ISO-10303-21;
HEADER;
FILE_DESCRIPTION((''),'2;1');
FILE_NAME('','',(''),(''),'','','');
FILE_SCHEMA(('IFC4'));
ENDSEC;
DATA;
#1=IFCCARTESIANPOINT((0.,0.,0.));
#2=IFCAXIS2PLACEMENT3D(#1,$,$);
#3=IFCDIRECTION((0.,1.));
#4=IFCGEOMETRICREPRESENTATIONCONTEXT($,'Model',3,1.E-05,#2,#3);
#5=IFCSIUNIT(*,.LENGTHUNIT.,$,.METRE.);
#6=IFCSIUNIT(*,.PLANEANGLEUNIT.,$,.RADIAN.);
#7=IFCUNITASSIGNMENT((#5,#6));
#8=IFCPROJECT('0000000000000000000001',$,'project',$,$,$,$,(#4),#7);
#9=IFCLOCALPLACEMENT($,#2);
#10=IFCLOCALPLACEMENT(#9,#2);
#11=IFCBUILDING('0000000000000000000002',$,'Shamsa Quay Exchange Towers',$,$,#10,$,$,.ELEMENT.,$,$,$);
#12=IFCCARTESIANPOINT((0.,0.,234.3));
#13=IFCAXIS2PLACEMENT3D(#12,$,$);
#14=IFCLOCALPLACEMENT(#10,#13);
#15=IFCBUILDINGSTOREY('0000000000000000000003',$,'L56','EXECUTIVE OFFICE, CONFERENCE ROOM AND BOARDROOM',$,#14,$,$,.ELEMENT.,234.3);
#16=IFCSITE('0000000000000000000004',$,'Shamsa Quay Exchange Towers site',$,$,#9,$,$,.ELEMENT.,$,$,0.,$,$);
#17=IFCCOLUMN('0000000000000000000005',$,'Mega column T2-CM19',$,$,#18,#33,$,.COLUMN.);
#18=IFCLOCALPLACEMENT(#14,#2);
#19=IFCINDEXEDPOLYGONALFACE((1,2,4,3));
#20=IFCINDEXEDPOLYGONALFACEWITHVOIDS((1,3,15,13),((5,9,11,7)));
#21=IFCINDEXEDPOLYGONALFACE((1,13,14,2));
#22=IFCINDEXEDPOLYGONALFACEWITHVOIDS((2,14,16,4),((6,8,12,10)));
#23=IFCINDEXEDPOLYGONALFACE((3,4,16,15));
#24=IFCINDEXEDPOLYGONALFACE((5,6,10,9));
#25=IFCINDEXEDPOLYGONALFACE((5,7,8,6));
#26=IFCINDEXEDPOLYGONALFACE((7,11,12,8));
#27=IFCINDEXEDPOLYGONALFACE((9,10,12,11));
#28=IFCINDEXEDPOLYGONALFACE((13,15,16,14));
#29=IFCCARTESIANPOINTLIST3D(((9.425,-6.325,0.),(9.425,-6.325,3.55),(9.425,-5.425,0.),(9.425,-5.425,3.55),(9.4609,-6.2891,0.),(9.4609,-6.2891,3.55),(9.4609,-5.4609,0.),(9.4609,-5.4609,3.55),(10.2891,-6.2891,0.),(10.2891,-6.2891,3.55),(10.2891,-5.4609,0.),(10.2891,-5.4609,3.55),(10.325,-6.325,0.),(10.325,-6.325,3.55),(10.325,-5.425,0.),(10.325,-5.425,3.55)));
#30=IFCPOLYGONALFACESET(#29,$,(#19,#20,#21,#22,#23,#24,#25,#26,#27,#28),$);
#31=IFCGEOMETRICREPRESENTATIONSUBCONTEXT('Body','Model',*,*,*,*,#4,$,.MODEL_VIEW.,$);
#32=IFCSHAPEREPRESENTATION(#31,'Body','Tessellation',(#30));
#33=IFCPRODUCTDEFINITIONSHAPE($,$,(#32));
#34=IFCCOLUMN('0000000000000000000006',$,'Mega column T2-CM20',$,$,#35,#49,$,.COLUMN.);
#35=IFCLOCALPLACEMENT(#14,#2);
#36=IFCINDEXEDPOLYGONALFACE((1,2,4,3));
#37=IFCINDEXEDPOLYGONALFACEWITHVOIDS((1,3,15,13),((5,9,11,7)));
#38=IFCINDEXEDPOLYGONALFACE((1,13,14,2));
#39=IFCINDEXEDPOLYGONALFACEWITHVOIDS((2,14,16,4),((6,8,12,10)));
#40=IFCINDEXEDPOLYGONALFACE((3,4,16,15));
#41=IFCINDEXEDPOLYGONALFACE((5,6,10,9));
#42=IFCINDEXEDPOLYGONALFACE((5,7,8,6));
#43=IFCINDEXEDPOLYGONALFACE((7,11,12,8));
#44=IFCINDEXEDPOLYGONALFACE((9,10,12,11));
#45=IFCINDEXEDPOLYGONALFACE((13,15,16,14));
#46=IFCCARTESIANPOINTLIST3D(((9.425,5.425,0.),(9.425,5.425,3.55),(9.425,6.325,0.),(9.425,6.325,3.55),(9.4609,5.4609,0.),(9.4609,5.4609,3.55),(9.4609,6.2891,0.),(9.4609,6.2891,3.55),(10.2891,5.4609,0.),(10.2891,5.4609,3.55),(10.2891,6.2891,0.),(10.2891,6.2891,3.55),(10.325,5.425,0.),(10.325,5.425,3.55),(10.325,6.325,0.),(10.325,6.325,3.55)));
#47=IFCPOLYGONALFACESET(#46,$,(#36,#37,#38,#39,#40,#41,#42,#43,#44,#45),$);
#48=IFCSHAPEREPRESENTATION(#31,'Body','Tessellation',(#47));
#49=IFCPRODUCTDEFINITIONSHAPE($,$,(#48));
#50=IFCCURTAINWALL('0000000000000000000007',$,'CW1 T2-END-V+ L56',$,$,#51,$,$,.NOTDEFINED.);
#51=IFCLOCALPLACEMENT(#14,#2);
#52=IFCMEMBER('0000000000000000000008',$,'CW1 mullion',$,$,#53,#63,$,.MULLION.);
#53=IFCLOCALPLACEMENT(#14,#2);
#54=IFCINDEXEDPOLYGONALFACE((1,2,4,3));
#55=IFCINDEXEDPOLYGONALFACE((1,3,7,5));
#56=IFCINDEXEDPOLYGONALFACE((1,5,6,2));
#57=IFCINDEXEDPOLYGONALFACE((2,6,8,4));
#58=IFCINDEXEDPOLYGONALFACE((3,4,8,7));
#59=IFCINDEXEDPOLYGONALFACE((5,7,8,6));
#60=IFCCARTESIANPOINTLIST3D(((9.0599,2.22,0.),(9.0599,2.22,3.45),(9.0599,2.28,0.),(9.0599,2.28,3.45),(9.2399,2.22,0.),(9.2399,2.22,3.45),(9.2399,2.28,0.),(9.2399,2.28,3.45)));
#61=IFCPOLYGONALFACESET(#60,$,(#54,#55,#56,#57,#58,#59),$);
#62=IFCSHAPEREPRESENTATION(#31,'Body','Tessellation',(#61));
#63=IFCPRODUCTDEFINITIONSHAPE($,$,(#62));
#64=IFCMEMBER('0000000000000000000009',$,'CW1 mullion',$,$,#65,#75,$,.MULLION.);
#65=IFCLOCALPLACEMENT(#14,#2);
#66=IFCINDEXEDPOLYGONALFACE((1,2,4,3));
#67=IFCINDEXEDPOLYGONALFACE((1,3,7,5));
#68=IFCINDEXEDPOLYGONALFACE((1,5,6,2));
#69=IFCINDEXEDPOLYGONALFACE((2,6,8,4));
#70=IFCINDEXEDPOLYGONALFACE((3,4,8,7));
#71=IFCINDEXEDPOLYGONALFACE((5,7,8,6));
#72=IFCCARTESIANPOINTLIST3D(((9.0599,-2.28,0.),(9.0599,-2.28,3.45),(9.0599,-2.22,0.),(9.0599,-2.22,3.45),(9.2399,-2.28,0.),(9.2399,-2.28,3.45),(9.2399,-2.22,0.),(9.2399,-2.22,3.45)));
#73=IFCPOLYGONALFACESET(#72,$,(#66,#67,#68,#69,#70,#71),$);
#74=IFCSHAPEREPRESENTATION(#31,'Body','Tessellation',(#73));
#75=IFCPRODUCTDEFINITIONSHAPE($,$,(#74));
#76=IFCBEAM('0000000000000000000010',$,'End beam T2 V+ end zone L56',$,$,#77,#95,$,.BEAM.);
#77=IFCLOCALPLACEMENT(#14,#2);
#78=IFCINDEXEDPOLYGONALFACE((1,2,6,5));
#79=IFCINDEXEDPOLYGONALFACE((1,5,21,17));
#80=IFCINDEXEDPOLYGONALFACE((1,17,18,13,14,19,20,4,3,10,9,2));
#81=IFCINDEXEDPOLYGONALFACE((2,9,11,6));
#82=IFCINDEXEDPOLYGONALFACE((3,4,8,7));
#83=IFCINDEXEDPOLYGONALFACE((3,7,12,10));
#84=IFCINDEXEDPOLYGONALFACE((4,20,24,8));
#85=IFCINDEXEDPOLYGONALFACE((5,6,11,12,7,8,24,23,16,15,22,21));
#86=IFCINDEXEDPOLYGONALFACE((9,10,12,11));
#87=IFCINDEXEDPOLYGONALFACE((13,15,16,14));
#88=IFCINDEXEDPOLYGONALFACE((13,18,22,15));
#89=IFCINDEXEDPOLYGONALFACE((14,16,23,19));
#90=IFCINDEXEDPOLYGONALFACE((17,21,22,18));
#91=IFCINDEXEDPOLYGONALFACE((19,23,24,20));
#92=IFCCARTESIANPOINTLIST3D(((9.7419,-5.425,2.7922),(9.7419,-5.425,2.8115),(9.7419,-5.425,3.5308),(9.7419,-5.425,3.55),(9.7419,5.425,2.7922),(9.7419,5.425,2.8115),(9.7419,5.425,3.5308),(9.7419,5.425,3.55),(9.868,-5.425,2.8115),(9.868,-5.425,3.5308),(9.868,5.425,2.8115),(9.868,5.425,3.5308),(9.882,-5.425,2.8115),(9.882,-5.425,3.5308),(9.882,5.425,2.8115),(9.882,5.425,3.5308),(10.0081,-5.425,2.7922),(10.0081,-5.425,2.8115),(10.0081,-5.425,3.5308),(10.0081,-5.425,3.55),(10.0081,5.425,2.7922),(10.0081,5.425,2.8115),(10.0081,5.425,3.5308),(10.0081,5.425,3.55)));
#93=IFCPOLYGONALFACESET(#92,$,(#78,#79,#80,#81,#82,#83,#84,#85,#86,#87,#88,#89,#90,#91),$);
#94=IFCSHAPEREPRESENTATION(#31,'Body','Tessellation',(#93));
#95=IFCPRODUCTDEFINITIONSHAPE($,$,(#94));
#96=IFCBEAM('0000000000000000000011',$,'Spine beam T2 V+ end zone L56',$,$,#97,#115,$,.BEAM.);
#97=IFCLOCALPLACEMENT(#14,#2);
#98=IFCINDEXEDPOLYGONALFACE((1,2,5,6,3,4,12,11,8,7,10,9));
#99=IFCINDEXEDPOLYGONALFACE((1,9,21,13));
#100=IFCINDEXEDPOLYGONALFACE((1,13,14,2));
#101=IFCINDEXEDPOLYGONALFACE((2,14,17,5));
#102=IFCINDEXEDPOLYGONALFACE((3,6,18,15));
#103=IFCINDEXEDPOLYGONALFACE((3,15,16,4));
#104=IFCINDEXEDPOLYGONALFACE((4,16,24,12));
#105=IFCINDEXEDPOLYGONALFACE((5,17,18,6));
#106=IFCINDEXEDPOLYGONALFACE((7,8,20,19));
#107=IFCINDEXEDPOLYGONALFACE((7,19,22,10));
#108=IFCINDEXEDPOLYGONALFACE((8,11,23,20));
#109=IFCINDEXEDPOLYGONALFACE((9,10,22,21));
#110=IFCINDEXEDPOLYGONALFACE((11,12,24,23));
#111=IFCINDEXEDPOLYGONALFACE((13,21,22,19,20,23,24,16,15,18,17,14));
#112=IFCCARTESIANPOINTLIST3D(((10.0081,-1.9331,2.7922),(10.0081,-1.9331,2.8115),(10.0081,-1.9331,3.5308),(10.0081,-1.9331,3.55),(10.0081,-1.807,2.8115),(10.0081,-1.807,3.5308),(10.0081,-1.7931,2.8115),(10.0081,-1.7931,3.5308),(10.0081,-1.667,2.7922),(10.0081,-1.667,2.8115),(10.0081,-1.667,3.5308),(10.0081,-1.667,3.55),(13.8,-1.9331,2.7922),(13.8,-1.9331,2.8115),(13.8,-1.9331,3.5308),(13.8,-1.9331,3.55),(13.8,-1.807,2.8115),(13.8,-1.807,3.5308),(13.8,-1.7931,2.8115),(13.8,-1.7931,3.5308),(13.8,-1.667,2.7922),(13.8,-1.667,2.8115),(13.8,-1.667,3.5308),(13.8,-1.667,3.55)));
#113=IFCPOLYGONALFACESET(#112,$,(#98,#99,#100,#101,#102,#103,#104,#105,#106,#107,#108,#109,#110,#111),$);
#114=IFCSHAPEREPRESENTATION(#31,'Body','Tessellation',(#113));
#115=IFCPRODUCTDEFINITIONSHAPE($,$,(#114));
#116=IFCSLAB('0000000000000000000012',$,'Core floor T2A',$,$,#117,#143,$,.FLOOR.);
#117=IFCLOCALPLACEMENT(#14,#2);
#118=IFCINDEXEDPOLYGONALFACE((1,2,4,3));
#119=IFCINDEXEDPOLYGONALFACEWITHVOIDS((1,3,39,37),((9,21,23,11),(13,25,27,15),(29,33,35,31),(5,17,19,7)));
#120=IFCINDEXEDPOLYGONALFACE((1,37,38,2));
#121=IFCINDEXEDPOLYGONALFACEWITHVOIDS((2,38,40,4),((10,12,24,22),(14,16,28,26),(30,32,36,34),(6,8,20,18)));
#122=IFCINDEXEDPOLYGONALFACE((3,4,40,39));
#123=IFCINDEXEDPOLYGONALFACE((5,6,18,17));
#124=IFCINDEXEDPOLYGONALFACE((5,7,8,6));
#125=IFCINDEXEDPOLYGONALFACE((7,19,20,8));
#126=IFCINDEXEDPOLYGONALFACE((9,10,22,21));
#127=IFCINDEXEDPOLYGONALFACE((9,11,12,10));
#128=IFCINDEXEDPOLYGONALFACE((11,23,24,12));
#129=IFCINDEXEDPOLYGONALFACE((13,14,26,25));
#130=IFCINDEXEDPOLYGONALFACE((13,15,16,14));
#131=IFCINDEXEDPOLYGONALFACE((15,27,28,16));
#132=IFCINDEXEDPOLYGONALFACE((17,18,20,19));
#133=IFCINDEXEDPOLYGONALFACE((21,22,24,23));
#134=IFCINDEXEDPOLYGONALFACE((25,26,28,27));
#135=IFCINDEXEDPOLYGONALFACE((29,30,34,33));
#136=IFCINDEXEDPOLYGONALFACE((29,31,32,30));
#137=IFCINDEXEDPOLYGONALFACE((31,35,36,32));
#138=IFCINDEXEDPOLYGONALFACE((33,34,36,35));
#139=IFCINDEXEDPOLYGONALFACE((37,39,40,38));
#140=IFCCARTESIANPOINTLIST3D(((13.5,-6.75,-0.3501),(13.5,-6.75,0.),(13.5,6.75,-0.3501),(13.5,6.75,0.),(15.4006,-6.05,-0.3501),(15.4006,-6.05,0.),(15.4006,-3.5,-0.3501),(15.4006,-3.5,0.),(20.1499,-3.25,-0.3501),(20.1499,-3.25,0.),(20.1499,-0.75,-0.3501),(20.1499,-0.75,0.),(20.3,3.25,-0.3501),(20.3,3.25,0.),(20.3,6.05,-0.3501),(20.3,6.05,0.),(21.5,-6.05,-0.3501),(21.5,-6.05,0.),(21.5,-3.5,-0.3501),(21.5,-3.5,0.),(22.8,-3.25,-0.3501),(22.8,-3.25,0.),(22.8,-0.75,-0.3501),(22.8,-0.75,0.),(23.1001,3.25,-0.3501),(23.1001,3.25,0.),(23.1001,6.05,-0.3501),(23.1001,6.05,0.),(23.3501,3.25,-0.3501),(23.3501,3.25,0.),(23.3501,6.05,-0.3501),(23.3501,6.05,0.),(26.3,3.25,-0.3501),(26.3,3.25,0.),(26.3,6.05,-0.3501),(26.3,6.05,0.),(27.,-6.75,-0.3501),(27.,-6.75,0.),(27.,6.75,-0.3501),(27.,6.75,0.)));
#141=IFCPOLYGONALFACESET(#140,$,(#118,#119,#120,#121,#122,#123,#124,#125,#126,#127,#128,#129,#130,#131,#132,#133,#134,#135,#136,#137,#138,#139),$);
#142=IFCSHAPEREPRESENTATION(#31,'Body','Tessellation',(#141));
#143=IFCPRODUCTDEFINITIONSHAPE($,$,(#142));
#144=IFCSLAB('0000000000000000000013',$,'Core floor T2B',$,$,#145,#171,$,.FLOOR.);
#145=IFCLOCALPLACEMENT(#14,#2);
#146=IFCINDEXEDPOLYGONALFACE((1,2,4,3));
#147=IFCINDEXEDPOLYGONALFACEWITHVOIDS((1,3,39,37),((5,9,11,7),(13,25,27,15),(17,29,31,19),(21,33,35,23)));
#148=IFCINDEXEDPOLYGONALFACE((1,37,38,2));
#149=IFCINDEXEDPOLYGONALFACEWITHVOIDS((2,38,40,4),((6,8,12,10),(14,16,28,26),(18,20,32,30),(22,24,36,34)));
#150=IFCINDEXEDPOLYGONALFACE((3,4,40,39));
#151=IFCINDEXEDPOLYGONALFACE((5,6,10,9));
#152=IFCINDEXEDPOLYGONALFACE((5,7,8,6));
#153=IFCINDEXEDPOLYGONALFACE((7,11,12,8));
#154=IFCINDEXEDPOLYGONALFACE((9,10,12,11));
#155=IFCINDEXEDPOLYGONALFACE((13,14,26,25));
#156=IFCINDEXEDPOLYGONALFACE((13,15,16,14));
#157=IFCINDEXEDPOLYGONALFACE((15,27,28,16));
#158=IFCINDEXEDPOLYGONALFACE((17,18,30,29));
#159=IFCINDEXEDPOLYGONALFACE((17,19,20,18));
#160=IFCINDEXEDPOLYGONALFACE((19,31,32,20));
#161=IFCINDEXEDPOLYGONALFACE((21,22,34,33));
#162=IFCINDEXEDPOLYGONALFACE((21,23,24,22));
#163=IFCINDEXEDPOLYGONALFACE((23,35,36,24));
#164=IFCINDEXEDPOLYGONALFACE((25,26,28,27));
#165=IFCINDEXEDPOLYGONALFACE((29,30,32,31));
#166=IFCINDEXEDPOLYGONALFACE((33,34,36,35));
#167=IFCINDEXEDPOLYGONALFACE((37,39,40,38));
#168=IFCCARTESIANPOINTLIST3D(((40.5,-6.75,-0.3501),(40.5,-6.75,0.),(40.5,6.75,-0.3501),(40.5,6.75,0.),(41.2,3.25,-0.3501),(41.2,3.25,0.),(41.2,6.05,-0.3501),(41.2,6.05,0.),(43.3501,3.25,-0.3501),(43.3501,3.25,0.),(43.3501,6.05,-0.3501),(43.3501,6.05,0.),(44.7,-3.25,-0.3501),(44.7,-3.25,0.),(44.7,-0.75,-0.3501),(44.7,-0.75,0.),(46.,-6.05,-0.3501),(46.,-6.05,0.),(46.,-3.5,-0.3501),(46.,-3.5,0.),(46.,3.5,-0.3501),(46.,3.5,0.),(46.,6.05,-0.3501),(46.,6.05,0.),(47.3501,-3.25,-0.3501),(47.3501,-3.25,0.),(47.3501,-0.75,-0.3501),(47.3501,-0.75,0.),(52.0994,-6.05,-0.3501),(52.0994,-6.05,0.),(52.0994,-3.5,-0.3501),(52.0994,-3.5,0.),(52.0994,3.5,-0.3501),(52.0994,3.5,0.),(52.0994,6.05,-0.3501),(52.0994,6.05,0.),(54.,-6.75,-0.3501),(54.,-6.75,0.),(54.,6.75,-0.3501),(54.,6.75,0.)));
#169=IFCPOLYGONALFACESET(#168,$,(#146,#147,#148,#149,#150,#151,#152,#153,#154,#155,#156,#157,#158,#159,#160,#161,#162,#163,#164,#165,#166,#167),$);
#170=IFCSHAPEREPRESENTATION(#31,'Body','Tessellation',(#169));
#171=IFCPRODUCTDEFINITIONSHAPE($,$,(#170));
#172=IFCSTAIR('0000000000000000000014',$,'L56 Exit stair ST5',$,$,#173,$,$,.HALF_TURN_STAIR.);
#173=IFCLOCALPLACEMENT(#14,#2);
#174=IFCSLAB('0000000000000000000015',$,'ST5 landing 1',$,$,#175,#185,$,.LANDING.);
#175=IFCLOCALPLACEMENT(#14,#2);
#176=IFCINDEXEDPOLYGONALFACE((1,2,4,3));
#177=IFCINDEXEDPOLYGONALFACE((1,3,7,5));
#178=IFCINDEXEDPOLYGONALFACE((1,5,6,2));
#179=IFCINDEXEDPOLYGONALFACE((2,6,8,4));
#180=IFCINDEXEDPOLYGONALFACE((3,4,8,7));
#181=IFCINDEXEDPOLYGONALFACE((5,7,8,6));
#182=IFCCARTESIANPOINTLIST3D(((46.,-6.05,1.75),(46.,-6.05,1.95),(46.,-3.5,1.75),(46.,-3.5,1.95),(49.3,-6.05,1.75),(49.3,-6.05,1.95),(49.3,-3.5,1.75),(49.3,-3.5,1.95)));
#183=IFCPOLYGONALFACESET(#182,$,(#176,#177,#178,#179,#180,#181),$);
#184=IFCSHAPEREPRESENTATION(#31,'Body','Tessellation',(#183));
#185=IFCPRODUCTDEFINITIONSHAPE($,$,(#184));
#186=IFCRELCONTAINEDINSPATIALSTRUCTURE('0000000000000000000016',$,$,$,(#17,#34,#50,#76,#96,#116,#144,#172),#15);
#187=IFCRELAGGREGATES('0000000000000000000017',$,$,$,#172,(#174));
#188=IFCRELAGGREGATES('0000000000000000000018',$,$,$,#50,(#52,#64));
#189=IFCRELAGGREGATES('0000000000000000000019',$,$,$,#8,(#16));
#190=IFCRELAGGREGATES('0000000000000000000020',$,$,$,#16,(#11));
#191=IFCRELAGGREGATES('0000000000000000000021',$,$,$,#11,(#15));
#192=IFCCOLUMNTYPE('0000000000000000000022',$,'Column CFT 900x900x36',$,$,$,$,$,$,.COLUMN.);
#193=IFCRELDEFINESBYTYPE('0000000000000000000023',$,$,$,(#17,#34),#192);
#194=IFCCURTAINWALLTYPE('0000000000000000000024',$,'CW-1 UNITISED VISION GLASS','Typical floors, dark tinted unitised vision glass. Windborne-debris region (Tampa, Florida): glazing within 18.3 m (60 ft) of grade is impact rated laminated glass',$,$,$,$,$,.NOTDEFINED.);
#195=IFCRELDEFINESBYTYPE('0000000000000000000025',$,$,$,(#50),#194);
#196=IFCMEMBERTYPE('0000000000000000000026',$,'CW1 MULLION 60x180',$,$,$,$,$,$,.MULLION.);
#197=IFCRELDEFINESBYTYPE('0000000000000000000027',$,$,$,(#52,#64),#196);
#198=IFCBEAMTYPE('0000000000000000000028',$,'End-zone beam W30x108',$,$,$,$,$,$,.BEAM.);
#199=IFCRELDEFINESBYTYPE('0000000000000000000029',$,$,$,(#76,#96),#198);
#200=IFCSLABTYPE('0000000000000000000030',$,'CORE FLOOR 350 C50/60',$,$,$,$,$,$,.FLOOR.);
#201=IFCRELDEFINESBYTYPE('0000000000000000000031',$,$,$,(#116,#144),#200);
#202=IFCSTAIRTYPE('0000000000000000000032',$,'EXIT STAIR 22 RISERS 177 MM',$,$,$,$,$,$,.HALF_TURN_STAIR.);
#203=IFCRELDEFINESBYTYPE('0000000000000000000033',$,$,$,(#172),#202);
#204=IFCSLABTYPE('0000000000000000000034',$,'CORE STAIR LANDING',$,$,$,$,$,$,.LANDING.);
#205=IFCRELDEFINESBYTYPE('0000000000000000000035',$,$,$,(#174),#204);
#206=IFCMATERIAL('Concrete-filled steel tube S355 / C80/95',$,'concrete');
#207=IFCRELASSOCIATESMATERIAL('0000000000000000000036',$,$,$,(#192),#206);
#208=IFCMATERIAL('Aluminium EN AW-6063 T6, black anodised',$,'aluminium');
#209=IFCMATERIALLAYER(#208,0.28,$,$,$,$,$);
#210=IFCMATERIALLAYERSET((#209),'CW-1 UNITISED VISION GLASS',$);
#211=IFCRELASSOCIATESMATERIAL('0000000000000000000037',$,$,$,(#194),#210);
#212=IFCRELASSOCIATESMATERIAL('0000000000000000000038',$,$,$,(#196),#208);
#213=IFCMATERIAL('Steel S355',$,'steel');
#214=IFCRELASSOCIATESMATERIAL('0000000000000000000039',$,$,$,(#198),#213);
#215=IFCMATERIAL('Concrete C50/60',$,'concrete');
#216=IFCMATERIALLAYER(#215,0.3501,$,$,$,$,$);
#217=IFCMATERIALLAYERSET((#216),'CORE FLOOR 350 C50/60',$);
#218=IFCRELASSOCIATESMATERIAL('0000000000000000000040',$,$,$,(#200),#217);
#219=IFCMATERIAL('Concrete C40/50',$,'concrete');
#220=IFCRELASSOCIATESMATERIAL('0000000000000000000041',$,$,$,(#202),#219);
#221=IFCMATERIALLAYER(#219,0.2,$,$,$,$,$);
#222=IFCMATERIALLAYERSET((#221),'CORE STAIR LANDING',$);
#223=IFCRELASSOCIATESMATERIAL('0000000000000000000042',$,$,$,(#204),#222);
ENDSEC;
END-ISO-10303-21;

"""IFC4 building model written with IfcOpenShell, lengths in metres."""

from ifc_helpers import new_model, si_unit, direction, frame, origin, origin_2d, place, context, subcontext, project, spatial, polyline, rectangle, hollow_rectangle, i_section, outline, extrude, material, layer, layer_set, material_profile, profile_set, type_object, element, aggregate, save


model = new_model("IFC4")

# Units and contexts
model_context = context("Model", 3, precision=1e-05, world=origin(), true_north=direction((0.0, 1.0)))
body_context = subcontext(model_context, "Body", "Model", "MODEL_VIEW")
ifc_project = project(units=[si_unit("LENGTHUNIT", "METRE"), si_unit("PLANEANGLEUNIT", "RADIAN")], contexts=[model_context])

# Site, building, storey
site_placement = place(None, origin())
site = spatial("IfcSite", under=ifc_project, at=site_placement, Name="Shamsa Quay Exchange Towers site", CompositionType="ELEMENT", RefElevation=0.0)
building_placement = place(site_placement, origin())
building = spatial("IfcBuilding", under=site, at=building_placement, Name="Shamsa Quay Exchange Towers", CompositionType="ELEMENT")
storey_placement = place(building_placement, frame((0.0, 0.0, 234.3)))
storey = spatial("IfcBuildingStorey", under=building, at=storey_placement, Name="L56", Description="EXECUTIVE OFFICE, CONFERENCE ROOM AND BOARDROOM", CompositionType="ELEMENT", Elevation=234.3)

# Columns
ifc_material_1 = material(Name="Concrete-filled steel tube S355 / C80/95", Category="concrete")
ifc_material_profile_1 = material_profile(ifc_material_1, hollow_rectangle(XDim=0.8999, YDim=0.8999, WallThickness=0.0359, at=origin_2d()), Name="CFT 900x900x36")
ifc_profile_set_1 = profile_set([ifc_material_profile_1], Name="Concrete-filled steel tube S355 / C80/95")
column_type = type_object("IfcColumnType", Name="Column CFT 900x900x36", PredefinedType="COLUMN", material=ifc_profile_set_1)
for number, where, name in (
    (1, (9.875, -5.875, 0.0), "Mega column T2-CM19"),
    (2, (9.875, 5.875, 0.0), "Mega column T2-CM20"),
):
    element("IfcColumn", number, at=place(storey_placement, frame(where)), inside=storey, type_object=column_type, Name=name, PredefinedType="COLUMN", context=body_context, shape_type="SweptSolid", body=[
        extrude(hollow_rectangle(XDim=0.8999, YDim=0.8999, WallThickness=0.0359, at=origin_2d()), origin(), (0.0, 0.0, 1.0), 3.55),
    ])

# Curtain wall, members
ifc_material_2 = material(Name="Aluminium EN AW-6063 T6, black anodised", Category="aluminium")
ifc_layer_1 = layer(ifc_material_2, 0.28)
ifc_layer_set_1 = layer_set([ifc_layer_1], Name="CW-1 UNITISED VISION GLASS")
curtain_wall_type_1 = type_object("IfcCurtainWallType", Name="CW-1 UNITISED VISION GLASS", Description="Typical floors, dark tinted unitised vision glass. Windborne-debris region (Tampa, Florida): glazing within 18.3 m (60 ft) of grade is impact rated laminated glass", PredefinedType="NOTDEFINED", material=ifc_layer_set_1)
curtain_wall_1_placement = place(storey_placement, origin())
curtain_wall_1 = element("IfcCurtainWall", 3, at=curtain_wall_1_placement, inside=storey, type_object=curtain_wall_type_1, Name="CW1 T2-END-V+ L56", PredefinedType="NOTDEFINED")
ifc_material_profile_2 = material_profile(ifc_material_2, rectangle(XDim=0.1799, YDim=0.0601, at=origin_2d()), Name="MU60x180")
ifc_profile_set_2 = profile_set([ifc_material_profile_2], Name="Aluminium EN AW-6063 T6, black anodised")
member_type = type_object("IfcMemberType", Name="CW1 MULLION 60x180", PredefinedType="MULLION", material=ifc_profile_set_2)
member_1_placement = place(storey_placement, frame((9.1499, 2.25, 0.0)))
member_1 = element("IfcMember", 4, at=member_1_placement, type_object=member_type, Name="CW1 mullion", PredefinedType="MULLION", context=body_context, shape_type="SweptSolid", body=[
    extrude(rectangle(XDim=0.1799, YDim=0.0601, at=origin_2d()), origin(), (0.0, 0.0, 1.0), 3.45),
])
member_2_placement = place(storey_placement, frame((9.1499, -2.25, 0.0)))
member_2 = element("IfcMember", 5, at=member_2_placement, type_object=member_type, Name="CW1 mullion", PredefinedType="MULLION", context=body_context, shape_type="SweptSolid", body=[
    extrude(rectangle(XDim=0.1799, YDim=0.0601, at=origin_2d()), origin(), (0.0, 0.0, 1.0), 3.45),
])

# Beams
ifc_material_3 = material(Name="Steel S355", Category="steel")
ifc_material_profile_3 = material_profile(ifc_material_3, i_section(OverallWidth=0.2661, OverallDepth=0.7578, WebThickness=0.0139, FlangeThickness=0.0193, at=origin_2d()), Name="W30x108")
ifc_profile_set_3 = profile_set([ifc_material_profile_3], Name="Steel S355")
beam_type = type_object("IfcBeamType", Name="End-zone beam W30x108", PredefinedType="BEAM", material=ifc_profile_set_3)
beam_1_placement = place(storey_placement, frame((9.875, -5.425, 3.1711), z_axis=(0.0, 1.0, 0.0), x_axis=(-1.0, 0.0, 0.0)))
element("IfcBeam", 6, at=beam_1_placement, inside=storey, type_object=beam_type, Name="End beam T2 V+ end zone L56", PredefinedType="BEAM", context=body_context, shape_type="SweptSolid", body=[
    extrude(i_section(OverallWidth=0.2661, OverallDepth=0.7578, WebThickness=0.0139, FlangeThickness=0.0193, at=origin_2d()), origin(), (0.0, 0.0, 1.0), 10.8501),
])
beam_2_placement = place(storey_placement, frame((13.8, -1.8, 3.1711), z_axis=(-1.0, 0.0, 0.0), x_axis=(0.0, -1.0, 0.0)))
element("IfcBeam", 7, at=beam_2_placement, inside=storey, type_object=beam_type, Name="Spine beam T2 V+ end zone L56", PredefinedType="BEAM", context=body_context, shape_type="SweptSolid", body=[
    extrude(i_section(OverallWidth=0.2661, OverallDepth=0.7578, WebThickness=0.0139, FlangeThickness=0.0193, at=origin_2d()), origin(), (0.0, 0.0, 1.0), 3.792),
])

# Slabs
ifc_material_4 = material(Name="Concrete C50/60", Category="concrete")
ifc_layer_2 = layer(ifc_material_4, 0.3501)
ifc_layer_set_2 = layer_set([ifc_layer_2], Name="CORE FLOOR 350 C50/60")
slab_type_1 = type_object("IfcSlabType", Name="CORE FLOOR 350 C50/60", PredefinedType="FLOOR", material=ifc_layer_set_2)
slab_1_placement = place(storey_placement, frame((0.0, 0.0, -0.3501)))
element("IfcSlab", 8, at=slab_1_placement, inside=storey, type_object=slab_type_1, Name="Core floor T2A", PredefinedType="FLOOR", context=body_context, shape_type="SweptSolid", body=[
    extrude(outline(polyline([(13.5, -6.75), (27.0, -6.75), (27.0, 6.75), (13.5, 6.75), (13.5, -6.75)]), holes=[polyline([(15.4006, -6.05), (15.4006, -3.5), (21.5, -3.5), (21.5, -6.05), (15.4006, -6.05)]), polyline([(20.3, 3.25), (20.3, 6.05), (23.1001, 6.05), (23.1001, 3.25), (20.3, 3.25)]), polyline([(23.3501, 3.25), (23.3501, 6.05), (26.3, 6.05), (26.3, 3.25), (23.3501, 3.25)]), polyline([(20.1499, -3.25), (20.1499, -0.75), (22.8, -0.75), (22.8, -3.25), (20.1499, -3.25)])]), origin(), (0.0, 0.0, 1.0), 0.3501),
])
slab_2_placement = place(storey_placement, frame((0.0, 0.0, -0.3501)))
element("IfcSlab", 9, at=slab_2_placement, inside=storey, type_object=slab_type_1, Name="Core floor T2B", PredefinedType="FLOOR", context=body_context, shape_type="SweptSolid", body=[
    extrude(outline(polyline([(54.0, -6.75), (54.0, 6.75), (40.5, 6.75), (40.5, -6.75), (54.0, -6.75)]), holes=[polyline([(52.0994, -3.5), (52.0994, -6.05), (46.0, -6.05), (46.0, -3.5), (52.0994, -3.5)]), polyline([(52.0994, 6.05), (52.0994, 3.5), (46.0, 3.5), (46.0, 6.05), (52.0994, 6.05)]), polyline([(43.3501, 3.25), (41.2, 3.25), (41.2, 6.05), (43.3501, 6.05), (43.3501, 3.25)]), polyline([(47.3501, -3.25), (44.7, -3.25), (44.7, -0.75), (47.3501, -0.75), (47.3501, -3.25)])]), origin(), (0.0, 0.0, 1.0), 0.3501),
])

# Stair, slab
ifc_material_5 = material(Name="Concrete C40/50", Category="concrete")
stair_type = type_object("IfcStairType", Name="EXIT STAIR 22 RISERS 177 MM", PredefinedType="HALF_TURN_STAIR", material=ifc_material_5)
stair_1_placement = place(storey_placement, origin())
stair_1 = element("IfcStair", 10, at=stair_1_placement, inside=storey, type_object=stair_type, Name="L56 Exit stair ST5", PredefinedType="HALF_TURN_STAIR")
ifc_layer_3 = layer(ifc_material_5, 0.2)
ifc_layer_set_3 = layer_set([ifc_layer_3], Name="CORE STAIR LANDING")
slab_type_2 = type_object("IfcSlabType", Name="CORE STAIR LANDING", PredefinedType="LANDING", material=ifc_layer_set_3)
slab_3_placement = place(storey_placement, frame((0.0, 0.0, 1.75)))
slab_3 = element("IfcSlab", 11, at=slab_3_placement, type_object=slab_type_2, Name="ST5 landing 1", PredefinedType="LANDING", context=body_context, shape_type="SweptSolid", body=[
    extrude(outline(polyline([(49.3, -3.5), (46.0, -3.5), (46.0, -6.05), (49.3, -6.05), (49.3, -3.5)])), origin(), (0.0, 0.0, 1.0), 0.2),
])
aggregate(stair_1, [slab_3])

aggregate(curtain_wall_1, [member_1, member_2])

save(model, "model.ifc")
